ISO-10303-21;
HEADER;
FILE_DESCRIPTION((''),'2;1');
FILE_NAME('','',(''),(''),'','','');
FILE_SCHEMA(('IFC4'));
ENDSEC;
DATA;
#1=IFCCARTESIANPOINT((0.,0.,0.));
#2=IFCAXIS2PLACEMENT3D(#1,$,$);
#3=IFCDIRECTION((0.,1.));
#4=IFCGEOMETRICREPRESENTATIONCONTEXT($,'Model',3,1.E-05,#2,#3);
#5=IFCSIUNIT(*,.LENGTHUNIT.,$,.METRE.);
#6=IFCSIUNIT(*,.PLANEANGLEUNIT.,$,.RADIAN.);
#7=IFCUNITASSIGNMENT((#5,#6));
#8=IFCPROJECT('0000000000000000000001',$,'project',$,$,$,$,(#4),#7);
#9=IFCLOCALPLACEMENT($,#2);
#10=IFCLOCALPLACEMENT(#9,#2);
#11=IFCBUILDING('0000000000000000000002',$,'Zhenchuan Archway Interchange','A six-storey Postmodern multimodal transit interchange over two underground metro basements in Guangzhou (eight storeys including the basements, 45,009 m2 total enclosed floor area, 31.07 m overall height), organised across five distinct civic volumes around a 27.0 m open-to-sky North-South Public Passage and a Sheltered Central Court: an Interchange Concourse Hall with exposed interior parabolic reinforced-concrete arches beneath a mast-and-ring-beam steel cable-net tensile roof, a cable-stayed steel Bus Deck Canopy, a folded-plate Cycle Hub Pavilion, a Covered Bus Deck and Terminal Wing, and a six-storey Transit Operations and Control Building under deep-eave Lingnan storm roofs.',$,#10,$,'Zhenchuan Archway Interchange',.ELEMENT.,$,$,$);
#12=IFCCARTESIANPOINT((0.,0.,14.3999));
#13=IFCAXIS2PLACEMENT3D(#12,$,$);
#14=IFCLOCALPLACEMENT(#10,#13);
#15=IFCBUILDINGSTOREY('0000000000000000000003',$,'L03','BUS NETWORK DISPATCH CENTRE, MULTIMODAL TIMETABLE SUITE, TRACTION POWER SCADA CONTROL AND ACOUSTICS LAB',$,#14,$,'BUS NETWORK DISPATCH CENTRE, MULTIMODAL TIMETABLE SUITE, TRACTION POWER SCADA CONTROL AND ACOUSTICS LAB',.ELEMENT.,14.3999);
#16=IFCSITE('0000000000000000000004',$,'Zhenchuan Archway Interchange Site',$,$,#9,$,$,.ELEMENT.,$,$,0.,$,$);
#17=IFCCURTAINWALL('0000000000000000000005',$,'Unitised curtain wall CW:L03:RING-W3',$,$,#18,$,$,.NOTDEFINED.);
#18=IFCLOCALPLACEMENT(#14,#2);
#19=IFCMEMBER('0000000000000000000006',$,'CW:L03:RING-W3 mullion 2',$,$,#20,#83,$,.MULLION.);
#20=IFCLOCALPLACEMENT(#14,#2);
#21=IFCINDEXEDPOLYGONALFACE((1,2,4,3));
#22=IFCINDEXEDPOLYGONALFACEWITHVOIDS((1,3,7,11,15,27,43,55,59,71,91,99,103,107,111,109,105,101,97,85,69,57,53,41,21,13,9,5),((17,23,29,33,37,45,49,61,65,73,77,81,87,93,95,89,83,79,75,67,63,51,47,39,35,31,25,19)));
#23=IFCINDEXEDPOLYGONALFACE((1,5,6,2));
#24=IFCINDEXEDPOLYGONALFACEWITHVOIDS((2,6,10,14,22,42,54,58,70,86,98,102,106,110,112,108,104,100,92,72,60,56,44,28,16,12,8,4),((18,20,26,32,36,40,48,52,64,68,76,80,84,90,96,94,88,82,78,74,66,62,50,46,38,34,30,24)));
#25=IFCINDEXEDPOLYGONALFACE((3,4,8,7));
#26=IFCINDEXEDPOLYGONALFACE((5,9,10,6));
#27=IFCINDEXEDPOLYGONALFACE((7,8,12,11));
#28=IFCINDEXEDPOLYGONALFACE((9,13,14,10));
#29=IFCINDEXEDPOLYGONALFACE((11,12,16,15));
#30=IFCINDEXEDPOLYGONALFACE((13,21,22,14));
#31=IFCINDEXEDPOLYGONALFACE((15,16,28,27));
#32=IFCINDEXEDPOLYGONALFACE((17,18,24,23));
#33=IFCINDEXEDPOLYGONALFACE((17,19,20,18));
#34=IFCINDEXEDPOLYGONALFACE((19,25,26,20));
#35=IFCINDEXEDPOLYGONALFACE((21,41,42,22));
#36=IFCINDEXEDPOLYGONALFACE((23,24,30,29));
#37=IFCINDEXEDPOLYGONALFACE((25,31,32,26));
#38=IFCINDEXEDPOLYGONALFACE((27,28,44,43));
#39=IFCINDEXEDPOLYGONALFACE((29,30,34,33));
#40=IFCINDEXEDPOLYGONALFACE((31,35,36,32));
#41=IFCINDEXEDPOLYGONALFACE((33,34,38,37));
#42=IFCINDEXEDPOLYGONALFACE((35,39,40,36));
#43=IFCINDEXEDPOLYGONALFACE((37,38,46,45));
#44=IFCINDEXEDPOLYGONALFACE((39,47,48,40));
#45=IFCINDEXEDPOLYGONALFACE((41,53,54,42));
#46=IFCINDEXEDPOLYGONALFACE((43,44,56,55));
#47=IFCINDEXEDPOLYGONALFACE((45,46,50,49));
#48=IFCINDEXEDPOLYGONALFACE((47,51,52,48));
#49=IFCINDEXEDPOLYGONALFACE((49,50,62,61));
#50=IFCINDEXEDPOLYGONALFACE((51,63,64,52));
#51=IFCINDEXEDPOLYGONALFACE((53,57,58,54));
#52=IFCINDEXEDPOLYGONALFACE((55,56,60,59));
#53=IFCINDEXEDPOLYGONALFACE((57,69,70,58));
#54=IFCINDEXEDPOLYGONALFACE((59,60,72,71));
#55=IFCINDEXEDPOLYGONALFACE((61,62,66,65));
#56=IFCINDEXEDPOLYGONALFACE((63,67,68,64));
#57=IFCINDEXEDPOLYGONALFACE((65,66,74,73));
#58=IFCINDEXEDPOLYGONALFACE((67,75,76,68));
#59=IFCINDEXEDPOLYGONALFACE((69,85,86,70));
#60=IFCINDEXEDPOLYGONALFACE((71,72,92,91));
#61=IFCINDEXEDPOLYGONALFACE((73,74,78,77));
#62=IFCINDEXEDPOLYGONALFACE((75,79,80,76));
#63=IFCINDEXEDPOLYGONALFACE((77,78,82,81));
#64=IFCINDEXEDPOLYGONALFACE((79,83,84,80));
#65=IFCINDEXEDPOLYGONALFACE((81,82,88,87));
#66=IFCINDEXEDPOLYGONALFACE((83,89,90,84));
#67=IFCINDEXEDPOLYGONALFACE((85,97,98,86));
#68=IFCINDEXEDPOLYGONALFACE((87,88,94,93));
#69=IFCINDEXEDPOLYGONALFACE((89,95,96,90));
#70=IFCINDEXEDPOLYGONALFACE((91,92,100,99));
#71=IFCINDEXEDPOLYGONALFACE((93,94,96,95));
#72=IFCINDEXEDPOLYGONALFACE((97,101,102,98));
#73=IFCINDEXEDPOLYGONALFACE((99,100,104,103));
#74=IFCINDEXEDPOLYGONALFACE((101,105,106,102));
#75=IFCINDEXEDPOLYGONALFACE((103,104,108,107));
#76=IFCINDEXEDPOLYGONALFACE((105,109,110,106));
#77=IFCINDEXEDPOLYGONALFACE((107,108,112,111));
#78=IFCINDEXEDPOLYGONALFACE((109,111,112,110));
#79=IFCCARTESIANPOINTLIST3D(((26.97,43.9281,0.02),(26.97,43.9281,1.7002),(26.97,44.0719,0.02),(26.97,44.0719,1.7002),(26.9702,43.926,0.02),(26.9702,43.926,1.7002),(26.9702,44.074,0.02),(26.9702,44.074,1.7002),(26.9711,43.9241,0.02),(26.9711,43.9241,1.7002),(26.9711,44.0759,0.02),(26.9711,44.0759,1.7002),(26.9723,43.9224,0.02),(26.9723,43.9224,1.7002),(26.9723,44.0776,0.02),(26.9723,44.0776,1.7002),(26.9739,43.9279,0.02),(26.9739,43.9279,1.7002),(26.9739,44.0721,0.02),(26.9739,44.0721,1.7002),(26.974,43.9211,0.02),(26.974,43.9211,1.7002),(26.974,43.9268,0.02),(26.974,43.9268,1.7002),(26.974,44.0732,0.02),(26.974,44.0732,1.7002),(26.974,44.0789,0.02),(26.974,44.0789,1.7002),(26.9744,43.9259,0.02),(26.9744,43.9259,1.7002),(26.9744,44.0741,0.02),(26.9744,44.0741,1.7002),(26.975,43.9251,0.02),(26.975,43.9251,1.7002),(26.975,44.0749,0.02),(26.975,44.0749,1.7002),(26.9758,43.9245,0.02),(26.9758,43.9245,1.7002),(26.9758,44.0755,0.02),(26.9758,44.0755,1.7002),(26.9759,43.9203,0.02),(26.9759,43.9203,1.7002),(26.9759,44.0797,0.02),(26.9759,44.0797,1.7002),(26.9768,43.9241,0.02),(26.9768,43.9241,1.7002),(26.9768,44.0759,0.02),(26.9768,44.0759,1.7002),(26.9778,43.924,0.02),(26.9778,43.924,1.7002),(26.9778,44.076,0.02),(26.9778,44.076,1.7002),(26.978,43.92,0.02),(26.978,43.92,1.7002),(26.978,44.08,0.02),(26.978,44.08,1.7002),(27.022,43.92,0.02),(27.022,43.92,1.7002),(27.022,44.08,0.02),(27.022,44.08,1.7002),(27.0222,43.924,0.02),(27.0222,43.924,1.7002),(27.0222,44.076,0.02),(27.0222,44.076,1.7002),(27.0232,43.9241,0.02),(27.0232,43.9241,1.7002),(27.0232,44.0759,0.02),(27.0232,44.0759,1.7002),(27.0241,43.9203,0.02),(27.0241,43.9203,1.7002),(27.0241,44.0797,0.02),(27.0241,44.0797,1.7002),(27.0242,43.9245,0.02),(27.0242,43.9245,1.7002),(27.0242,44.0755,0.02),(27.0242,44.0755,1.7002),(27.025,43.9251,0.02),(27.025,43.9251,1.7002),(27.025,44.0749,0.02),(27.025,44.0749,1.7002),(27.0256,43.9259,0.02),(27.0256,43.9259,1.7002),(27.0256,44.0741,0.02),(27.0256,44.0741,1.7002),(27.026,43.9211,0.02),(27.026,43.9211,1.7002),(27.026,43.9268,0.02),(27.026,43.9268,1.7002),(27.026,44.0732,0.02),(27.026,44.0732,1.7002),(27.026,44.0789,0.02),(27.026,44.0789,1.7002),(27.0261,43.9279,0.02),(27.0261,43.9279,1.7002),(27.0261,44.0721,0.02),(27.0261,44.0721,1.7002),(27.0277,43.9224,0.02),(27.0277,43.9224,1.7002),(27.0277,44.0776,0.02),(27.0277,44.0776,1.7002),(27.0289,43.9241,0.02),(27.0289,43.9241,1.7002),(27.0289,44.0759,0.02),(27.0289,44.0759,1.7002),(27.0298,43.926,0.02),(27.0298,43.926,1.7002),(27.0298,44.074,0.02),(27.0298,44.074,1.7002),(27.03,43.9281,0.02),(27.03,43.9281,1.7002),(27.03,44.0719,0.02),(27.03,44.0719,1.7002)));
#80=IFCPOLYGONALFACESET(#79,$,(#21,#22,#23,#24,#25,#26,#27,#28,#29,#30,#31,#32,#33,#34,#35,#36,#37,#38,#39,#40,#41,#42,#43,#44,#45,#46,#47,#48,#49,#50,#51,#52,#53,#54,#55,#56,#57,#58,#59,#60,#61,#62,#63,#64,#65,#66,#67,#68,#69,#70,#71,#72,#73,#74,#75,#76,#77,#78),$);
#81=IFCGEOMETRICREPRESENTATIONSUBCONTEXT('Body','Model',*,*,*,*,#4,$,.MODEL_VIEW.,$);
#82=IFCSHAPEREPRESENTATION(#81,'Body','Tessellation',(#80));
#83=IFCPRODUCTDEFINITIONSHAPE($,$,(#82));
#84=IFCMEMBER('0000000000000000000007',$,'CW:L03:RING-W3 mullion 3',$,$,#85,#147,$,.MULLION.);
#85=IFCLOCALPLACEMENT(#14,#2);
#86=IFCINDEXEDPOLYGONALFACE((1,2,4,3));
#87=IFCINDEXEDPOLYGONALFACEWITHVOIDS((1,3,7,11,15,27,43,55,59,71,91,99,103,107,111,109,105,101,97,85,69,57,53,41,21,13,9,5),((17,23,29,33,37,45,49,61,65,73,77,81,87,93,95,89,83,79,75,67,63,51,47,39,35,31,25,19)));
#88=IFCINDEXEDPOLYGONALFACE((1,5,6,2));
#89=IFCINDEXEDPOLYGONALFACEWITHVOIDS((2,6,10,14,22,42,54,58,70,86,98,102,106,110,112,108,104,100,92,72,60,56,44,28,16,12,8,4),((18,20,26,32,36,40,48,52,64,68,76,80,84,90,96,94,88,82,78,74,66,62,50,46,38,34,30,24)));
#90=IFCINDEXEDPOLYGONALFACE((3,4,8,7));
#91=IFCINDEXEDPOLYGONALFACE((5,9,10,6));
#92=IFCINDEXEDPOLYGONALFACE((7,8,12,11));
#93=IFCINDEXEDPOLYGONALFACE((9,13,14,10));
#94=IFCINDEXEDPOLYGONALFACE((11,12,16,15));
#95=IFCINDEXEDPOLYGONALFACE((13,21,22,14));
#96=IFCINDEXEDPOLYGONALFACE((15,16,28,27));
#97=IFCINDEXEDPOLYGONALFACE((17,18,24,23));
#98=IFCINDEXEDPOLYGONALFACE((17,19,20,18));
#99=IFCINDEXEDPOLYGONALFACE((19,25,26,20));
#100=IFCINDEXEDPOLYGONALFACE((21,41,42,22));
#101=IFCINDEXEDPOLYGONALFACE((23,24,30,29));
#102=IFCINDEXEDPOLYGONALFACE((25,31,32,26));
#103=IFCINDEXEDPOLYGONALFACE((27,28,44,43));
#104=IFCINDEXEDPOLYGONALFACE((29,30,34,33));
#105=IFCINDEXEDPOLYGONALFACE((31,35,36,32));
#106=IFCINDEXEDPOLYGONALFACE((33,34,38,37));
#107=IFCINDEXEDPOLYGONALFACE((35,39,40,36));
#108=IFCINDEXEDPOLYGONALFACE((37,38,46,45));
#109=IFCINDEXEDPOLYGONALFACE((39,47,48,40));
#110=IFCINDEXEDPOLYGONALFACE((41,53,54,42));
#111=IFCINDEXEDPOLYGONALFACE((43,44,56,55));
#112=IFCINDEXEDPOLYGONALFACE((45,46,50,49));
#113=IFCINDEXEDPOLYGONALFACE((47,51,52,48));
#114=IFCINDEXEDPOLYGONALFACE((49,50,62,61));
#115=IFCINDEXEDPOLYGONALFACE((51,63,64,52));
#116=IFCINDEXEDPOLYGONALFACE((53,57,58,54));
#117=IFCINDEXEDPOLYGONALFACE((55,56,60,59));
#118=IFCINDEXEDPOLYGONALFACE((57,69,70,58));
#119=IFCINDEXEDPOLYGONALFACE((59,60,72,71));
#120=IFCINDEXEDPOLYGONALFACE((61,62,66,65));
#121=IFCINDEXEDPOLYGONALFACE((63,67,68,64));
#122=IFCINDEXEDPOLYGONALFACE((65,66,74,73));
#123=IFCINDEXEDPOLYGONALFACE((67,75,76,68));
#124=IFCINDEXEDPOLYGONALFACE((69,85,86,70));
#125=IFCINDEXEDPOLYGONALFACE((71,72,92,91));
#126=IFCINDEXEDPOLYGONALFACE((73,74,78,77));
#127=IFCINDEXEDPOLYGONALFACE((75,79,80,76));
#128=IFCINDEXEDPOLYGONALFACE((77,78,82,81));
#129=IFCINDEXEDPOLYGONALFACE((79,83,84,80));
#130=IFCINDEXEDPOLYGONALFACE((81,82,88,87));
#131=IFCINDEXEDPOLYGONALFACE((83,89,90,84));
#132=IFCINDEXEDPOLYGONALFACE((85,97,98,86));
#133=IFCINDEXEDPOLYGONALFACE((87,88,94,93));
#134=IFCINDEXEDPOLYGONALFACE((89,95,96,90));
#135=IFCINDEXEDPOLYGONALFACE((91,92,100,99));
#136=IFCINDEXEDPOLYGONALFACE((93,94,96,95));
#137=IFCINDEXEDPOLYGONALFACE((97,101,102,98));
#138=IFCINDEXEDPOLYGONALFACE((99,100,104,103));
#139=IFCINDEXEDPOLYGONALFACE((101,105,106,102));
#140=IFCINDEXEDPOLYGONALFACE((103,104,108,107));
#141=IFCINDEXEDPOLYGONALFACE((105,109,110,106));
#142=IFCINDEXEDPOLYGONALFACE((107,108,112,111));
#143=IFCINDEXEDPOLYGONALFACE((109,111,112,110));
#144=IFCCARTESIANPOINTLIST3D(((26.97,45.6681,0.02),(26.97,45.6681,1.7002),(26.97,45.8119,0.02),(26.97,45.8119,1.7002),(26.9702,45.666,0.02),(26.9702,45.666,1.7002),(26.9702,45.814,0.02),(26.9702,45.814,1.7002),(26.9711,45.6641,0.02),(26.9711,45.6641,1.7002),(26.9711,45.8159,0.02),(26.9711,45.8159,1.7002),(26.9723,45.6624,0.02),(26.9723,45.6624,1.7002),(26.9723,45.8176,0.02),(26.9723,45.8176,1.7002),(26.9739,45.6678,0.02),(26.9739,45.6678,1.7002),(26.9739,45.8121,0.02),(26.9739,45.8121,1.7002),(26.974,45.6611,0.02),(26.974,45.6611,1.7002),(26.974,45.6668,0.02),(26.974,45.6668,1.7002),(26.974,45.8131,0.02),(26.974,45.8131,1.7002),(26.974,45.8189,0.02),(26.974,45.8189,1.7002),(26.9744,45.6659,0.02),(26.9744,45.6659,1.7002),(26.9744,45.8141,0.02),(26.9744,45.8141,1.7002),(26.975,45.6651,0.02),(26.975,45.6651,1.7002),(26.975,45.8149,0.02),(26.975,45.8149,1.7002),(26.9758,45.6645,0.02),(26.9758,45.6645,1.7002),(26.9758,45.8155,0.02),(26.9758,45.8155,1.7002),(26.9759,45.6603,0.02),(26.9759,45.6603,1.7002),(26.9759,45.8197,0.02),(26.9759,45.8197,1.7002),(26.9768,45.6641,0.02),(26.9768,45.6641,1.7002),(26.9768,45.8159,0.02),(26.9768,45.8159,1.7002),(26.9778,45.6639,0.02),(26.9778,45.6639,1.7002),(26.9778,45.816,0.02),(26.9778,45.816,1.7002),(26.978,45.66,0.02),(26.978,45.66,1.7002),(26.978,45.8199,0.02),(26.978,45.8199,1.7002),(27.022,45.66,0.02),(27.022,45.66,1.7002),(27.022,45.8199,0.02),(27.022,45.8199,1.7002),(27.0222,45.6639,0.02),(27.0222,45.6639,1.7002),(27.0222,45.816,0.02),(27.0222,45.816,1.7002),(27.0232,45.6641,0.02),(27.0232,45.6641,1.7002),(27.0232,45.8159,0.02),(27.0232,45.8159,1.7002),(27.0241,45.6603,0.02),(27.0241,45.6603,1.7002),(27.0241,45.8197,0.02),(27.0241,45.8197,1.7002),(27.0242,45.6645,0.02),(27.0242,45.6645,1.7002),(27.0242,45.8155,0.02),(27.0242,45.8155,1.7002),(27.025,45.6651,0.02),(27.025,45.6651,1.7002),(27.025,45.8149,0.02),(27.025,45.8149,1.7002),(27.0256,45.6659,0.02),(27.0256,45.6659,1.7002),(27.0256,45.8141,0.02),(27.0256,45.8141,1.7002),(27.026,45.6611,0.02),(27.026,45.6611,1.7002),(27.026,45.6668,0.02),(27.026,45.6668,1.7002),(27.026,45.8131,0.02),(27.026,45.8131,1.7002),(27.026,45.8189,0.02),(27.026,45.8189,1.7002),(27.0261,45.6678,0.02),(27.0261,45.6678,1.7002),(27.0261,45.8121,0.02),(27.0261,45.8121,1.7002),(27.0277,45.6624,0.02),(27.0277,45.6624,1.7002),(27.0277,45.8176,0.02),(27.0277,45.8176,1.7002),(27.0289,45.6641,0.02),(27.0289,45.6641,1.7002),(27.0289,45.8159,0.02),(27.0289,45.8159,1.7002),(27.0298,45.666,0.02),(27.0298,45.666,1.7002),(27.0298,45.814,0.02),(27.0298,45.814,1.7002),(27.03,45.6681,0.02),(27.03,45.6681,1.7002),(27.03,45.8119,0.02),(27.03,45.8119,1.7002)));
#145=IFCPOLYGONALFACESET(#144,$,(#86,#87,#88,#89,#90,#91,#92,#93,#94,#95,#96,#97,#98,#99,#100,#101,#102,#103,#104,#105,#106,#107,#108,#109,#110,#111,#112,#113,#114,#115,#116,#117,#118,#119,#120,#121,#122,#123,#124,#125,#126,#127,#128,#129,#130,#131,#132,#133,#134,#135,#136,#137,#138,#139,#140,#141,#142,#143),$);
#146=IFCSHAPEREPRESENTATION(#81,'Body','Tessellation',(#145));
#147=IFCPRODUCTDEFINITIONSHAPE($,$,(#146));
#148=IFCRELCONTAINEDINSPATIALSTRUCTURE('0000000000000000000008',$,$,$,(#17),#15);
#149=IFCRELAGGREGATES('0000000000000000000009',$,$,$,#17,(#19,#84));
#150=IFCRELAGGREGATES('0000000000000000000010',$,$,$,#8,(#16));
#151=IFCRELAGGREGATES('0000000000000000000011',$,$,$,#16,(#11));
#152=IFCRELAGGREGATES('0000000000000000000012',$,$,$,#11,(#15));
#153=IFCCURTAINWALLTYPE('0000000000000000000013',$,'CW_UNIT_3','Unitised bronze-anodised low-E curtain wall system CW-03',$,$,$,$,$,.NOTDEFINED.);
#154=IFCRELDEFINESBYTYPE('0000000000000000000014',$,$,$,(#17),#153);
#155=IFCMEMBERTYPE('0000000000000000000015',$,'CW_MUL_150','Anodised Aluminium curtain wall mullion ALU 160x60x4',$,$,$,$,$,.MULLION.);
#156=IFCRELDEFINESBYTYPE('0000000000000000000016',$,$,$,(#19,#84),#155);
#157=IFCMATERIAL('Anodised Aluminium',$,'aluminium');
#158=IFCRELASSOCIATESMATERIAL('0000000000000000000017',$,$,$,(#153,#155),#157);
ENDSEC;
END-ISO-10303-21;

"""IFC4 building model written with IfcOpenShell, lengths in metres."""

from ifc_helpers import new_model, si_unit, direction, frame, origin, origin_2d, place, context, subcontext, project, spatial, hollow_rectangle, extrude, material, material_profile, profile_set, type_object, element, aggregate, save


model = new_model("IFC4")

# Units and contexts
model_context = context("Model", 3, precision=1e-05, world=origin(), true_north=direction((0.0, 1.0)))
body_context = subcontext(model_context, "Body", "Model", "MODEL_VIEW")
ifc_project = project(units=[si_unit("LENGTHUNIT", "METRE"), si_unit("PLANEANGLEUNIT", "RADIAN")], contexts=[model_context])

# Site, building, storey
site_placement = place(None, origin())
site = spatial("IfcSite", under=ifc_project, at=site_placement, Name="Zhenchuan Archway Interchange Site", CompositionType="ELEMENT", RefElevation=0.0)
building_placement = place(site_placement, origin())
building = spatial("IfcBuilding", under=site, at=building_placement, Name="Zhenchuan Archway Interchange", Description="A six-storey Postmodern multimodal transit interchange over two underground metro basements in Guangzhou (eight storeys including the basements, 45,009 m2 total enclosed floor area, 31.07 m overall height), organised across five distinct civic volumes around a 27.0 m open-to-sky North-South Public Passage and a Sheltered Central Court: an Interchange Concourse Hall with exposed interior parabolic reinforced-concrete arches beneath a mast-and-ring-beam steel cable-net tensile roof, a cable-stayed steel Bus Deck Canopy, a folded-plate Cycle Hub Pavilion, a Covered Bus Deck and Terminal Wing, and a six-storey Transit Operations and Control Building under deep-eave Lingnan storm roofs.", LongName="Zhenchuan Archway Interchange", CompositionType="ELEMENT")
storey_placement = place(building_placement, frame((0.0, 0.0, 14.3999)))
storey = spatial("IfcBuildingStorey", under=building, at=storey_placement, Name="L03", Description="BUS NETWORK DISPATCH CENTRE, MULTIMODAL TIMETABLE SUITE, TRACTION POWER SCADA CONTROL AND ACOUSTICS LAB", LongName="BUS NETWORK DISPATCH CENTRE, MULTIMODAL TIMETABLE SUITE, TRACTION POWER SCADA CONTROL AND ACOUSTICS LAB", CompositionType="ELEMENT", Elevation=14.3999)

# Curtain wall, members
ifc_material_1 = material(Name="Anodised Aluminium", Category="aluminium")
curtain_wall_type = type_object("IfcCurtainWallType", Name="CW_UNIT_3", Description="Unitised bronze-anodised low-E curtain wall system CW-03", PredefinedType="NOTDEFINED", material=ifc_material_1)
curtain_wall_placement = place(storey_placement, origin())
curtain_wall = element("IfcCurtainWall", 1, at=curtain_wall_placement, inside=storey, type_object=curtain_wall_type, Name="Unitised curtain wall CW:L03:RING-W3", PredefinedType="NOTDEFINED")
ifc_material_profile_1 = material_profile(ifc_material_1, hollow_rectangle(XDim=0.0601, YDim=0.1599, WallThickness=0.0039, InnerFilletRadius=0.0039, OuterFilletRadius=0.0081, at=origin_2d()), Name="ALU 160x60x4")
ifc_profile_set_1 = profile_set([ifc_material_profile_1], Name="Anodised Aluminium")
member_type_1 = type_object("IfcMemberType", Name="CW_MUL_150", Description="Anodised Aluminium curtain wall mullion ALU 160x60x4", PredefinedType="MULLION", material=ifc_profile_set_1)
member_1_placement = place(storey_placement, frame((27.0, 44.0, 0.02), z_axis=(0.0, 0.0, 1.0), x_axis=(1.0, 0.0, 0.0)))
member_1 = element("IfcMember", 2, at=member_1_placement, type_object=member_type_1, Name="CW:L03:RING-W3 mullion 2", PredefinedType="MULLION", context=body_context, shape_type="SweptSolid", body=[
    extrude(hollow_rectangle(XDim=0.0601, YDim=0.1599, WallThickness=0.0039, InnerFilletRadius=0.0039, OuterFilletRadius=0.0081, at=origin_2d()), origin(), (0.0, 0.0, 1.0), 1.6802),
])
member_2_placement = place(storey_placement, frame((27.0, 45.74, 0.02), z_axis=(0.0, 0.0, 1.0), x_axis=(1.0, 0.0, 0.0)))
member_2 = element("IfcMember", 3, at=member_2_placement, type_object=member_type_1, Name="CW:L03:RING-W3 mullion 3", PredefinedType="MULLION", context=body_context, shape_type="SweptSolid", body=[
    extrude(hollow_rectangle(XDim=0.0601, YDim=0.1599, WallThickness=0.0039, InnerFilletRadius=0.0039, OuterFilletRadius=0.0081, at=origin_2d()), origin(), (0.0, 0.0, 1.0), 1.6802),
])
aggregate(curtain_wall, [member_1, member_2])

save(model, "model.ifc")
